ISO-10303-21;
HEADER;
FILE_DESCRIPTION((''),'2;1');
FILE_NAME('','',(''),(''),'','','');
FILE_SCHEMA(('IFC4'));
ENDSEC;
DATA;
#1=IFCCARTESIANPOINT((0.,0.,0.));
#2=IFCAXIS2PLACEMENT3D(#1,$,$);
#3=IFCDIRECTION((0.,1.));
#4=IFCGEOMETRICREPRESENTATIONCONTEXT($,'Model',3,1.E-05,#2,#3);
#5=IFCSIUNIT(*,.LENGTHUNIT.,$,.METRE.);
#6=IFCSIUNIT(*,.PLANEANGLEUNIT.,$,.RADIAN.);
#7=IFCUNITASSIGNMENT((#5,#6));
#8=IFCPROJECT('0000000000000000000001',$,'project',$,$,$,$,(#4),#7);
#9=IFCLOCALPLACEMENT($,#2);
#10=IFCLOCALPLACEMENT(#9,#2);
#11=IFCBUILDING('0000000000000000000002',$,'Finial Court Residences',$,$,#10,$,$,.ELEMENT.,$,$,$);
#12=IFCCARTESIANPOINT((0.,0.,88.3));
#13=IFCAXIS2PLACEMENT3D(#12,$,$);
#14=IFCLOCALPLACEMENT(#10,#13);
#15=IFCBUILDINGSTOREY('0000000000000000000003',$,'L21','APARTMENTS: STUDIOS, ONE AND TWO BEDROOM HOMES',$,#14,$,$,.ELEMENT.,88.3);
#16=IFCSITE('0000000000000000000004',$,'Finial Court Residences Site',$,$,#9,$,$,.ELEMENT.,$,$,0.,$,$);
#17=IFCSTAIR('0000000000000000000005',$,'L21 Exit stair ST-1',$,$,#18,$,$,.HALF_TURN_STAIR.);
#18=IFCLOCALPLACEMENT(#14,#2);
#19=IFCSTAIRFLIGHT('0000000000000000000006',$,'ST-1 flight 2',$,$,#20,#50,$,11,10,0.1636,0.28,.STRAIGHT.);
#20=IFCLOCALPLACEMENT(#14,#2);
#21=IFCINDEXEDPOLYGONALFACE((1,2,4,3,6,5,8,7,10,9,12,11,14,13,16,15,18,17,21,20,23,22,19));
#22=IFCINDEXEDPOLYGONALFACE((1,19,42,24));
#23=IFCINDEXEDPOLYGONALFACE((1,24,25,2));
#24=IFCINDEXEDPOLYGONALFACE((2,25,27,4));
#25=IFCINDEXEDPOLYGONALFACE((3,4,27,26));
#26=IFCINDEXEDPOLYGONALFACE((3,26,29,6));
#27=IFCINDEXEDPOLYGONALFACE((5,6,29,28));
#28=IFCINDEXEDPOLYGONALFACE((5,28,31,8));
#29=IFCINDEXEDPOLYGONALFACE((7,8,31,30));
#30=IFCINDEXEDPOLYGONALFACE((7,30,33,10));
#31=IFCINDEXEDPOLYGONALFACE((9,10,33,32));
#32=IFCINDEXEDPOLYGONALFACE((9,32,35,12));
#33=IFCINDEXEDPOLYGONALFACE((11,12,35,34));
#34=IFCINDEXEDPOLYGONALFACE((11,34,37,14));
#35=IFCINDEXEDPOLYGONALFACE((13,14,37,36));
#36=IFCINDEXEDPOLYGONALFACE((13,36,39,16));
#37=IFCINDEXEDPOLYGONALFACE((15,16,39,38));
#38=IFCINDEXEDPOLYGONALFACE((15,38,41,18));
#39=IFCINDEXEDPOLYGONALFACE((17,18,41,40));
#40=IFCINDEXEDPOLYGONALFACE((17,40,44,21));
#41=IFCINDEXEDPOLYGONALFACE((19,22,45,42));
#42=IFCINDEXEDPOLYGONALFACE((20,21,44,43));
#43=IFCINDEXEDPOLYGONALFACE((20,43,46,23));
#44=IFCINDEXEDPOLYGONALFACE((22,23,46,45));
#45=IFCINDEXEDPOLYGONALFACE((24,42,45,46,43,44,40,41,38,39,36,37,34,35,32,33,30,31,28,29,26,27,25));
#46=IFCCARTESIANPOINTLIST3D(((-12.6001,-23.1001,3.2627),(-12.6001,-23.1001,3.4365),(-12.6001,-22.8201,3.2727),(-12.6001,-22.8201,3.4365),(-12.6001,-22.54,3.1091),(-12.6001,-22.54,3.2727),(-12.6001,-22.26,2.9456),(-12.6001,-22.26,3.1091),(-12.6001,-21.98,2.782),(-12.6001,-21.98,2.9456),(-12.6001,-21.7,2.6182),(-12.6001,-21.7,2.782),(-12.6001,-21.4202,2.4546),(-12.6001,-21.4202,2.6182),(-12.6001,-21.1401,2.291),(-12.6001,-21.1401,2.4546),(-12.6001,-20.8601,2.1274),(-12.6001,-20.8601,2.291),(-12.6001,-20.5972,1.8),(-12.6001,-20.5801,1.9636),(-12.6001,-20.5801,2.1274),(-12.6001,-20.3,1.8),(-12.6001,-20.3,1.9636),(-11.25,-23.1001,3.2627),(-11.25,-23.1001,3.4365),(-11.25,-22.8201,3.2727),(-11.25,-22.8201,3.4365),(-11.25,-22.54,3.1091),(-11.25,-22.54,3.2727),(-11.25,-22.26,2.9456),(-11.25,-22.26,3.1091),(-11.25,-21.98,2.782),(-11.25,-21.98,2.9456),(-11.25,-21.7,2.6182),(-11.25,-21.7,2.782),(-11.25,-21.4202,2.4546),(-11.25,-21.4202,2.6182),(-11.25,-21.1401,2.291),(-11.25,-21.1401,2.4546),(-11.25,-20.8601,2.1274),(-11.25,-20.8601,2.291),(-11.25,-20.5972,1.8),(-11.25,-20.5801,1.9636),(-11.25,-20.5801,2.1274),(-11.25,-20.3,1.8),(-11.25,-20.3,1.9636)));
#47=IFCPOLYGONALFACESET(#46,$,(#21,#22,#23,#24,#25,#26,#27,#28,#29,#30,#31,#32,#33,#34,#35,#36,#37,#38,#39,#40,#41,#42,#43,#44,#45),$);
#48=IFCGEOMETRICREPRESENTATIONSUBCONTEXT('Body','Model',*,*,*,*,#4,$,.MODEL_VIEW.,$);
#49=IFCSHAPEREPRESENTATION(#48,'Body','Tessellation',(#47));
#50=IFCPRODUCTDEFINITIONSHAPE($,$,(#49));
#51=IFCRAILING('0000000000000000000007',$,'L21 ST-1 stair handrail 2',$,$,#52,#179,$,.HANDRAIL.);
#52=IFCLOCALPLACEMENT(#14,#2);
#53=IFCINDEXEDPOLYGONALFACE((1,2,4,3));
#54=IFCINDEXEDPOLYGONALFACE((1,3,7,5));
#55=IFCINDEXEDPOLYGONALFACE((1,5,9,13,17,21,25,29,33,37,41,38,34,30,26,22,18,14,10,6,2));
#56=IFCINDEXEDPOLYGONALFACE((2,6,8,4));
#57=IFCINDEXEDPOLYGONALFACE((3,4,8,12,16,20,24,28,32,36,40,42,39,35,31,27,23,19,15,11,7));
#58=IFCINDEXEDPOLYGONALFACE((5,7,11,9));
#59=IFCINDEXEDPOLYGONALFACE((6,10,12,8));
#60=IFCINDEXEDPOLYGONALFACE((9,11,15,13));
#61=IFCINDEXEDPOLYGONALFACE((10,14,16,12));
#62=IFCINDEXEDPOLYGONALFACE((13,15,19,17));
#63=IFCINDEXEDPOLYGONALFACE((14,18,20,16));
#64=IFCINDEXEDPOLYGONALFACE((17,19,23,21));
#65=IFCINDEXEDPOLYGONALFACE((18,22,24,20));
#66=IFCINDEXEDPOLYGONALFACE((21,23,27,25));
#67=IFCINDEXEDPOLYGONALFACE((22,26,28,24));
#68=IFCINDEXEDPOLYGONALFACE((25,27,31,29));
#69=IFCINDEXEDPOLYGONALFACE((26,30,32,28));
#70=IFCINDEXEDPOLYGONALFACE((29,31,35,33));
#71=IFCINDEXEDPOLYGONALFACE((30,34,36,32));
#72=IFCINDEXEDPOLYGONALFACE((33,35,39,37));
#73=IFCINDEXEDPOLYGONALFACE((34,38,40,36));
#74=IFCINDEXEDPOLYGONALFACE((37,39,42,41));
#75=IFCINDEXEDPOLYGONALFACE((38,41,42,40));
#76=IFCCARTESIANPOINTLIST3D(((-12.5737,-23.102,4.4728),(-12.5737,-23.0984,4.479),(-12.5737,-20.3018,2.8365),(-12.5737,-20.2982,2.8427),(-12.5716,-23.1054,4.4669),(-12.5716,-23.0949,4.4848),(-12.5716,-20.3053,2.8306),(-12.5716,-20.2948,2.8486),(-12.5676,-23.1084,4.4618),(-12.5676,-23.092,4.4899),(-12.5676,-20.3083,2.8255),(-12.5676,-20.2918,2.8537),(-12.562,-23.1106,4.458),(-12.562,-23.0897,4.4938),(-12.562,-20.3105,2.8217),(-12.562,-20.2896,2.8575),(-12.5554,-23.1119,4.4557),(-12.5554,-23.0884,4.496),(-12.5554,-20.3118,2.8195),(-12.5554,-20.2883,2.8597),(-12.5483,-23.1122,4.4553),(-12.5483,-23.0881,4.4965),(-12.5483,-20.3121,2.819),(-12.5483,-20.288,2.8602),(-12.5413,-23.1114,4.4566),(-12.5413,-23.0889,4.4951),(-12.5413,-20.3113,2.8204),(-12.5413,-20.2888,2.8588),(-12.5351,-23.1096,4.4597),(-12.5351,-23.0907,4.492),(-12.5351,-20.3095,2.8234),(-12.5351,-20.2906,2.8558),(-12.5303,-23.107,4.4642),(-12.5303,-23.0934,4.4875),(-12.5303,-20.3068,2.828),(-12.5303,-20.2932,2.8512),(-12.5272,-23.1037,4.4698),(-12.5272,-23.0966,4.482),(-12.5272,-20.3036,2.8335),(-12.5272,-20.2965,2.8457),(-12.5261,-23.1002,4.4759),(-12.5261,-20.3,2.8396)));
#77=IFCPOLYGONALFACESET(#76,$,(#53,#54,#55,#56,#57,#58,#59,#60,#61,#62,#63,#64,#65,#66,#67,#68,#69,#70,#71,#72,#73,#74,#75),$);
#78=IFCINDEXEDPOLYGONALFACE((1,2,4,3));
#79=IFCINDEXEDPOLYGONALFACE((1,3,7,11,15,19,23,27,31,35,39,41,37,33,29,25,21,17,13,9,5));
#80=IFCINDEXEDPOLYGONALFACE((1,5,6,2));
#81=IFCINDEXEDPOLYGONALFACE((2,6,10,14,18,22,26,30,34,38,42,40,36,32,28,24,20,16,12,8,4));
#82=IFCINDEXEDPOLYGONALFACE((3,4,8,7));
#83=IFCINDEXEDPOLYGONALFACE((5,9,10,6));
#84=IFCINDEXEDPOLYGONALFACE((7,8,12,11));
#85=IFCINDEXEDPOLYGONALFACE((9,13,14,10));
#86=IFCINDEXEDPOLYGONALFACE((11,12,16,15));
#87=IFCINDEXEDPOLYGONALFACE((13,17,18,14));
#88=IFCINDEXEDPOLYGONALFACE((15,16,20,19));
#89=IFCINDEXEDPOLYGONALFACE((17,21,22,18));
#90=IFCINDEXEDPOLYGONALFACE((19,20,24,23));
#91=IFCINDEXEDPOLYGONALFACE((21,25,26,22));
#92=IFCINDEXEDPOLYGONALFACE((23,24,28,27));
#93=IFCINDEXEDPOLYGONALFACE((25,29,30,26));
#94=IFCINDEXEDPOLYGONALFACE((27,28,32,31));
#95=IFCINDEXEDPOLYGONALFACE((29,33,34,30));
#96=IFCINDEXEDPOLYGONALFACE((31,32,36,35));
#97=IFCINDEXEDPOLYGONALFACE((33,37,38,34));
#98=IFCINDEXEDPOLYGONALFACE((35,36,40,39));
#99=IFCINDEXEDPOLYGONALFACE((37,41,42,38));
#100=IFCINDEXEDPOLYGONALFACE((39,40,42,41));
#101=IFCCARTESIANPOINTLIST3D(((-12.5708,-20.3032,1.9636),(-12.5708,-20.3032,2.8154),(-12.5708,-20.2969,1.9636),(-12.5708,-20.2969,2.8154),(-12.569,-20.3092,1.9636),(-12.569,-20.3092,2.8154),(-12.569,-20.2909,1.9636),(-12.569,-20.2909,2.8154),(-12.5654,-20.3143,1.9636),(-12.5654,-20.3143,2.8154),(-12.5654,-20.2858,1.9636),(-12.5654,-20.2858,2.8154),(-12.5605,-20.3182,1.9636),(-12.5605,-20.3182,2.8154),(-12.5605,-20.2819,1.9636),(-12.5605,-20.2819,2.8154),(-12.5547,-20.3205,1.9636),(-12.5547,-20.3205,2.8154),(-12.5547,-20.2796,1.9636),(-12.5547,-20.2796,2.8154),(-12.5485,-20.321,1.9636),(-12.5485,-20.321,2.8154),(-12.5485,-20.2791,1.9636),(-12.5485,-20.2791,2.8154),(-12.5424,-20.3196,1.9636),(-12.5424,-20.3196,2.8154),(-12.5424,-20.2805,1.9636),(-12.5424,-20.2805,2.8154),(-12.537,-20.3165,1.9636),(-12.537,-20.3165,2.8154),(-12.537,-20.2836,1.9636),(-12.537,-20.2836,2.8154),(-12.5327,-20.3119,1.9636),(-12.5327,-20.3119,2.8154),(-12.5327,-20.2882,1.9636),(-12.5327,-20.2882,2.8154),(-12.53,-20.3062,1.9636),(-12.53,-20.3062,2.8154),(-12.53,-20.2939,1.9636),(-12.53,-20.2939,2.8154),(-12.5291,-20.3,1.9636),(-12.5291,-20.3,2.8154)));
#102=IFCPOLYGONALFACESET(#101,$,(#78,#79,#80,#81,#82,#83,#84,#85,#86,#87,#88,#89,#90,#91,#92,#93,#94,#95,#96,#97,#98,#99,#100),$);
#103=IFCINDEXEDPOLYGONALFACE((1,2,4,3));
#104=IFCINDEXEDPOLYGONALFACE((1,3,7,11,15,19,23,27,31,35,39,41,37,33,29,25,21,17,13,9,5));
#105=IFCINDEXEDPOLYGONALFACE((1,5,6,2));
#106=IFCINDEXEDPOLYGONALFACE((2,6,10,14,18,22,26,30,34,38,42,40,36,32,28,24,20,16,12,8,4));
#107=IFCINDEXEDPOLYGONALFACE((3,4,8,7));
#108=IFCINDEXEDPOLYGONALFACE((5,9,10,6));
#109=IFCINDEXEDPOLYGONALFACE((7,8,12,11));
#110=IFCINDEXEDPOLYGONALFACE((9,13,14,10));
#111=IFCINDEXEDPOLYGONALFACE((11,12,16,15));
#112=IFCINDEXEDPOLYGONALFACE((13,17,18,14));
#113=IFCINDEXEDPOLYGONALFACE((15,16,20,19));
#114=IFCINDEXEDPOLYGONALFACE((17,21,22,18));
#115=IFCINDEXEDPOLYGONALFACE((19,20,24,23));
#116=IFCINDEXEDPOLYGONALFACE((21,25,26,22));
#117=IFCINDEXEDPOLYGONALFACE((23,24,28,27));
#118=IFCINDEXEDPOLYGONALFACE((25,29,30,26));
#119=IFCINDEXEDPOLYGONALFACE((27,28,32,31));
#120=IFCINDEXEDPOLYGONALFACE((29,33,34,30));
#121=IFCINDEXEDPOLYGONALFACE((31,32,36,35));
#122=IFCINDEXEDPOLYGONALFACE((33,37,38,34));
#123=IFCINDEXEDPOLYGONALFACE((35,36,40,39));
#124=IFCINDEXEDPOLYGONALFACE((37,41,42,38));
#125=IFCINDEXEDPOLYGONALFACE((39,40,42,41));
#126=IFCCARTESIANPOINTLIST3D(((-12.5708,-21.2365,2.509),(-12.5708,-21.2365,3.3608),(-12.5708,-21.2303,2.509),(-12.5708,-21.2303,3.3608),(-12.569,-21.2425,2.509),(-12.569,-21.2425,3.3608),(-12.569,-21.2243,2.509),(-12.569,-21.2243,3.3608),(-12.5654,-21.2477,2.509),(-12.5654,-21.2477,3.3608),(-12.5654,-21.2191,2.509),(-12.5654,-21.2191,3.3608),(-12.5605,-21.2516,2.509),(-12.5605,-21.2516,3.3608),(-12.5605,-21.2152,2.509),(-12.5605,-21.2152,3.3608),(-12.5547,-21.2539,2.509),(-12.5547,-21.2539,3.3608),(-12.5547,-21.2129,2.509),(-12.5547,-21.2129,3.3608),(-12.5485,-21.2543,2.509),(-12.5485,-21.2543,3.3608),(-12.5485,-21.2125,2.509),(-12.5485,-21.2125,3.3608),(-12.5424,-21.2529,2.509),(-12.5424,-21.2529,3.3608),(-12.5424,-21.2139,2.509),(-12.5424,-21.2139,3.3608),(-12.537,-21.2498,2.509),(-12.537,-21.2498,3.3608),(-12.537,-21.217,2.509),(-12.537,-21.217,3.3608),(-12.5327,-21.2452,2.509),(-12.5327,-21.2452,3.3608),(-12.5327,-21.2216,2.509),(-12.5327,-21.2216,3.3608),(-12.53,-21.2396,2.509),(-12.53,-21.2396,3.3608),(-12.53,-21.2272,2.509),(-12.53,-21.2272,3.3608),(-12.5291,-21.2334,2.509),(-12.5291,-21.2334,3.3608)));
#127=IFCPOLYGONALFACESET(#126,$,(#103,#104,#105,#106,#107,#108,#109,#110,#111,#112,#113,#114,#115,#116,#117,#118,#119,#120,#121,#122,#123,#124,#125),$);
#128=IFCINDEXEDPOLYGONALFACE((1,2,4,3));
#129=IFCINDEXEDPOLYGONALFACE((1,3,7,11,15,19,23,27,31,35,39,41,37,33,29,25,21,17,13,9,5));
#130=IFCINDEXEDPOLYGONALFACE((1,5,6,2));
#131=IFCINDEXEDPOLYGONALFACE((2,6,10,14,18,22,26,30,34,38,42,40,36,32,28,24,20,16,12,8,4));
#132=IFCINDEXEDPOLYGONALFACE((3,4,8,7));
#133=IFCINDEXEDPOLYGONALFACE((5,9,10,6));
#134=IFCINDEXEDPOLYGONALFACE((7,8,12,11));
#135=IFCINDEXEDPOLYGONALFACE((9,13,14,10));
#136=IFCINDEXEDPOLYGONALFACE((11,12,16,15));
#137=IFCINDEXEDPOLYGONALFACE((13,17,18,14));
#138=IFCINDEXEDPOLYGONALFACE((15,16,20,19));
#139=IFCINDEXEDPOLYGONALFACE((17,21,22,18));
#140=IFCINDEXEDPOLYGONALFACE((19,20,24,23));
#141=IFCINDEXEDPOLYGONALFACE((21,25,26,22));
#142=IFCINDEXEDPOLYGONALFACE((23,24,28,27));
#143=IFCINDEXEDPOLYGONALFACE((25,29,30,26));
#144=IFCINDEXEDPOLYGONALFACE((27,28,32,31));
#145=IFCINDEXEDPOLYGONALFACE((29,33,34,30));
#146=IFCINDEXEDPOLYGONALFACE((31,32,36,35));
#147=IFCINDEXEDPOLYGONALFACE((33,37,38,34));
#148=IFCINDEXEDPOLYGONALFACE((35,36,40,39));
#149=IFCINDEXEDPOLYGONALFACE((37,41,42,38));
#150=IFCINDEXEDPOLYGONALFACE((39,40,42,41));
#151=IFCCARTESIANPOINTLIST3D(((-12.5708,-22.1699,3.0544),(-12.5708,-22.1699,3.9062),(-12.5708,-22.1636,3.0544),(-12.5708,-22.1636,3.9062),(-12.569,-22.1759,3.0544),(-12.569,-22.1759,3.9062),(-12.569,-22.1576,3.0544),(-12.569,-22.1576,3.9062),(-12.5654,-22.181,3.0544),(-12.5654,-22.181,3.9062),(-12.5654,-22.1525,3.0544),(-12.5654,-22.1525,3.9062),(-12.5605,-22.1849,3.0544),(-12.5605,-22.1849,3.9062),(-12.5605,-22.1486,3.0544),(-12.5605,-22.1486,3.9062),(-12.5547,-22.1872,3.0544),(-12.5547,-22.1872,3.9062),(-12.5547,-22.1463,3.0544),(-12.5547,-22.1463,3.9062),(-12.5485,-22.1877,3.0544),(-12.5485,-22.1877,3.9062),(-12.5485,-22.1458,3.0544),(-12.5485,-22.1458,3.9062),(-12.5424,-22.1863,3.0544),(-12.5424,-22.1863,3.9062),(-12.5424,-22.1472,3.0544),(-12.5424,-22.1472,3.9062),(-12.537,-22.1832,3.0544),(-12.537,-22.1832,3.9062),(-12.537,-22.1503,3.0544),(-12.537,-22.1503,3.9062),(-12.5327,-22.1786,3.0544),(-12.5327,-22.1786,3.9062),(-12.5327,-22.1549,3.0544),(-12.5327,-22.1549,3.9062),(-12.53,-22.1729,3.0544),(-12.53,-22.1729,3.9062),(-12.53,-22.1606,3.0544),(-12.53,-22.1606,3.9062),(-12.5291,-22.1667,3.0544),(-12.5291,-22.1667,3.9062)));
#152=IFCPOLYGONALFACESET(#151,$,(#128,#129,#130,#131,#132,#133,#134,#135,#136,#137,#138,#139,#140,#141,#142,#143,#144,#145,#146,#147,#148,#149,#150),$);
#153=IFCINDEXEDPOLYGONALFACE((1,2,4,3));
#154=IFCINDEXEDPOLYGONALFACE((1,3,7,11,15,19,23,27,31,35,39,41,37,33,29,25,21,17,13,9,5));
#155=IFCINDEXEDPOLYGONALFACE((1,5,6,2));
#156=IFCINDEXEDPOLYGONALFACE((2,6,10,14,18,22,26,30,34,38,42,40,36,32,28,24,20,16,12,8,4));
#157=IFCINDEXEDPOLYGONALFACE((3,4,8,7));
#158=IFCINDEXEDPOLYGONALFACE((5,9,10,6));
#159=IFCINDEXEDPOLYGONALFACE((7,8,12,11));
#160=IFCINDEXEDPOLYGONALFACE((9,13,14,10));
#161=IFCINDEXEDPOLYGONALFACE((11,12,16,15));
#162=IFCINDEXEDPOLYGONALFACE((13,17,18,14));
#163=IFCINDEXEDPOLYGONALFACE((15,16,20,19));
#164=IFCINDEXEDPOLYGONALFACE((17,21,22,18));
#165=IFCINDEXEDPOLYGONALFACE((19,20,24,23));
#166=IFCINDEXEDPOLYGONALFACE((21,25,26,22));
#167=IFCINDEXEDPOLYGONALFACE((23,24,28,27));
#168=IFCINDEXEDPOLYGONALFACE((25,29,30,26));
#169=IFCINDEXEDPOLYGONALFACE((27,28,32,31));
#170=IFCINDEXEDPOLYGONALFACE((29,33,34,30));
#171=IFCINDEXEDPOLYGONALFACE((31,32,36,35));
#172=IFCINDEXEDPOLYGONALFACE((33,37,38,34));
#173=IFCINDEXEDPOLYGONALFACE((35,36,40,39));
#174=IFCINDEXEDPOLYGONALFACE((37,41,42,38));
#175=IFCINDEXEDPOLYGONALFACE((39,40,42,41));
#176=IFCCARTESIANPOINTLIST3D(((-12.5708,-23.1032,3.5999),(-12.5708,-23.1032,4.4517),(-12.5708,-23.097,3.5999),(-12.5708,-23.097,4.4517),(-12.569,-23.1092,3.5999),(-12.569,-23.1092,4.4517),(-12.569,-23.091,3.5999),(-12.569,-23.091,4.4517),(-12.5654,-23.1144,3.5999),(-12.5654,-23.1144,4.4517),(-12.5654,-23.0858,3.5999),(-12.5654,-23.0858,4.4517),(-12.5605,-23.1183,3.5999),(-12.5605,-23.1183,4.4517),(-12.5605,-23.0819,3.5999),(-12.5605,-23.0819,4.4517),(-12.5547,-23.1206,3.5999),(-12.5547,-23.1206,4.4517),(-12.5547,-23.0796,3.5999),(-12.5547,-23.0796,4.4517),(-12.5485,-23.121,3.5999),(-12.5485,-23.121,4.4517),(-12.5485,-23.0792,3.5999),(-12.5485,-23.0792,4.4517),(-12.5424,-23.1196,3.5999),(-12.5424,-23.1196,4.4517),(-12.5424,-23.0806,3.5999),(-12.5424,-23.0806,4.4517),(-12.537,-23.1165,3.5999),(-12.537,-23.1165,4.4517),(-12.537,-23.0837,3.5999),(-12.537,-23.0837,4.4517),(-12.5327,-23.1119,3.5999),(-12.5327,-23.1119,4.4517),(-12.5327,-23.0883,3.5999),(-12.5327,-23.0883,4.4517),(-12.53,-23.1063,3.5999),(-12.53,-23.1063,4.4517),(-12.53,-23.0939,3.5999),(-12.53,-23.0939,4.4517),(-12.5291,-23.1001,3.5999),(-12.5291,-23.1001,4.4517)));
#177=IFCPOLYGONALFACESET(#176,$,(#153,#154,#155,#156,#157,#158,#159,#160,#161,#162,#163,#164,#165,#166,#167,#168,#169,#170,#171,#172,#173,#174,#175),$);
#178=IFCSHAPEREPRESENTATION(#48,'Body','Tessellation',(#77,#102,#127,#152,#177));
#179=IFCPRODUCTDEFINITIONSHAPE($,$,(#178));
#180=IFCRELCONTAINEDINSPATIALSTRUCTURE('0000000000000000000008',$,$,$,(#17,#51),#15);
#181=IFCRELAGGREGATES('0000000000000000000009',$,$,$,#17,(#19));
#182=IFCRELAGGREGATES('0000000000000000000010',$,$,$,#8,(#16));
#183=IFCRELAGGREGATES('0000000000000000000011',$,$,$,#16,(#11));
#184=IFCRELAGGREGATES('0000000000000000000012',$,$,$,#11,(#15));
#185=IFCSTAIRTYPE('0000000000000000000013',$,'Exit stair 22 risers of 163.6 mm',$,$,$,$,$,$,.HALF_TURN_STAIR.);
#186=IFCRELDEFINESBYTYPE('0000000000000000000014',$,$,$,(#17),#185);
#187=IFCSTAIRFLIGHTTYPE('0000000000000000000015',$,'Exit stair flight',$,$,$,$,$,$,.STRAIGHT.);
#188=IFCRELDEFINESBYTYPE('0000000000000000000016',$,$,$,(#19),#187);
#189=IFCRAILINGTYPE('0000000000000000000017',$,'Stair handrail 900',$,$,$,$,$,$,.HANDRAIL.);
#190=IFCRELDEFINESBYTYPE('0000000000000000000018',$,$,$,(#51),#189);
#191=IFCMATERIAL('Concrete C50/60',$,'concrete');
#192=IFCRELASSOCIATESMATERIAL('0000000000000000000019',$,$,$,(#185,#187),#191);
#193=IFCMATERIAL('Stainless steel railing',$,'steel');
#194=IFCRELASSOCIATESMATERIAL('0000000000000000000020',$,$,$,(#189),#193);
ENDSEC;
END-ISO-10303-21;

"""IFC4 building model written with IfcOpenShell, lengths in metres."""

from ifc_helpers import new_model, si_unit, direction, frame, origin, origin_2d, place, context, subcontext, project, spatial, polyline, circle, outline, extrude, material, type_object, element, aggregate, save


model = new_model("IFC4")

# Units and contexts
model_context = context("Model", 3, precision=1e-05, world=origin(), true_north=direction((0.0, 1.0)))
body_context = subcontext(model_context, "Body", "Model", "MODEL_VIEW")
ifc_project = project(units=[si_unit("LENGTHUNIT", "METRE"), si_unit("PLANEANGLEUNIT", "RADIAN")], contexts=[model_context])

# Site, building, storey
site_placement = place(None, origin())
site = spatial("IfcSite", under=ifc_project, at=site_placement, Name="Finial Court Residences Site", CompositionType="ELEMENT", RefElevation=0.0)
building_placement = place(site_placement, origin())
building = spatial("IfcBuilding", under=site, at=building_placement, Name="Finial Court Residences", CompositionType="ELEMENT")
storey_placement = place(building_placement, frame((0.0, 0.0, 88.3)))
storey = spatial("IfcBuildingStorey", under=building, at=storey_placement, Name="L21", Description="APARTMENTS: STUDIOS, ONE AND TWO BEDROOM HOMES", CompositionType="ELEMENT", Elevation=88.3)

# Stair, stair flight
ifc_material_1 = material(Name="Concrete C50/60", Category="concrete")
stair_type = type_object("IfcStairType", Name="Exit stair 22 risers of 163.6 mm", PredefinedType="HALF_TURN_STAIR", material=ifc_material_1)
stair_placement = place(storey_placement, origin())
stair = element("IfcStair", 1, at=stair_placement, inside=storey, type_object=stair_type, Name="L21 Exit stair ST-1", PredefinedType="HALF_TURN_STAIR")
stair_flight_type = type_object("IfcStairFlightType", Name="Exit stair flight", PredefinedType="STRAIGHT", material=ifc_material_1)
stair_flight_placement = place(storey_placement, frame((-11.925, -20.3, 1.8), z_axis=(0.0, 0.0, 1.0), x_axis=(0.0, -1.0, 0.0)))
stair_flight = element("IfcStairFlight", 2, at=stair_flight_placement, type_object=stair_flight_type, Name="ST-1 flight 2", NumberOfRisers=11, NumberOfTreads=10, PredefinedType="STRAIGHT", RiserHeight=0.1636, TreadLength=0.28, context=body_context, shape_type="SweptSolid", body=[
    extrude(outline(polyline([(0.0, 0.0), (0.0, 0.1636), (0.28, 0.1636), (0.28, 0.3274), (0.5601, 0.3274), (0.5601, 0.491), (0.8401, 0.491), (0.8401, 0.6545), (1.1201, 0.6545), (1.1201, 0.8181), (1.3999, 0.8181), (1.3999, 0.9819), (1.6799, 0.9819), (1.6799, 1.1455), (1.96, 1.1455), (1.96, 1.3091), (2.24, 1.3091), (2.24, 1.4727), (2.52, 1.4727), (2.52, 1.6365), (2.8, 1.6365), (2.8, 1.8), (2.8, 1.4626), (0.2971, 0.0), (0.0, 0.0)])), frame((0.0, 0.675, 0.0), z_axis=(0.0, -1.0, 0.0), x_axis=(1.0, 0.0, 0.0)), (0.0, 0.0, 1.0), 1.3501),
])
aggregate(stair, [stair_flight])

# Railing
ifc_material_2 = material(Name="Stainless steel railing", Category="steel")
railing_type = type_object("IfcRailingType", Name="Stair handrail 900", PredefinedType="HANDRAIL", material=ifc_material_2)
railing_placement = place(storey_placement, frame((-12.55, -20.3, 1.9636)))
element("IfcRailing", 3, at=railing_placement, inside=storey, type_object=railing_type, Name="L21 ST-1 stair handrail 2", PredefinedType="HANDRAIL", context=body_context, shape_type="SweptSolid", body=[
    extrude(circle(Radius=0.0239, at=origin_2d()), frame((0.0, 0.0, 0.876), z_axis=(0.0, -0.863394, 0.504531), x_axis=(1.0, 0.0, 0.0)), (0.0, 0.0, 1.0), 3.2432),
    extrude(circle(Radius=0.021, at=origin_2d()), origin(), (0.0, 0.0, 1.0), 0.8518),
    extrude(circle(Radius=0.021, at=origin_2d()), frame((0.0, -0.9333, 0.5454)), (0.0, 0.0, 1.0), 0.8518),
    extrude(circle(Radius=0.021, at=origin_2d()), frame((0.0, -1.8667, 1.0908)), (0.0, 0.0, 1.0), 0.8518),
    extrude(circle(Radius=0.021, at=origin_2d()), frame((0.0, -2.8, 1.6362)), (0.0, 0.0, 1.0), 0.8518),
])

save(model, "model.ifc")
